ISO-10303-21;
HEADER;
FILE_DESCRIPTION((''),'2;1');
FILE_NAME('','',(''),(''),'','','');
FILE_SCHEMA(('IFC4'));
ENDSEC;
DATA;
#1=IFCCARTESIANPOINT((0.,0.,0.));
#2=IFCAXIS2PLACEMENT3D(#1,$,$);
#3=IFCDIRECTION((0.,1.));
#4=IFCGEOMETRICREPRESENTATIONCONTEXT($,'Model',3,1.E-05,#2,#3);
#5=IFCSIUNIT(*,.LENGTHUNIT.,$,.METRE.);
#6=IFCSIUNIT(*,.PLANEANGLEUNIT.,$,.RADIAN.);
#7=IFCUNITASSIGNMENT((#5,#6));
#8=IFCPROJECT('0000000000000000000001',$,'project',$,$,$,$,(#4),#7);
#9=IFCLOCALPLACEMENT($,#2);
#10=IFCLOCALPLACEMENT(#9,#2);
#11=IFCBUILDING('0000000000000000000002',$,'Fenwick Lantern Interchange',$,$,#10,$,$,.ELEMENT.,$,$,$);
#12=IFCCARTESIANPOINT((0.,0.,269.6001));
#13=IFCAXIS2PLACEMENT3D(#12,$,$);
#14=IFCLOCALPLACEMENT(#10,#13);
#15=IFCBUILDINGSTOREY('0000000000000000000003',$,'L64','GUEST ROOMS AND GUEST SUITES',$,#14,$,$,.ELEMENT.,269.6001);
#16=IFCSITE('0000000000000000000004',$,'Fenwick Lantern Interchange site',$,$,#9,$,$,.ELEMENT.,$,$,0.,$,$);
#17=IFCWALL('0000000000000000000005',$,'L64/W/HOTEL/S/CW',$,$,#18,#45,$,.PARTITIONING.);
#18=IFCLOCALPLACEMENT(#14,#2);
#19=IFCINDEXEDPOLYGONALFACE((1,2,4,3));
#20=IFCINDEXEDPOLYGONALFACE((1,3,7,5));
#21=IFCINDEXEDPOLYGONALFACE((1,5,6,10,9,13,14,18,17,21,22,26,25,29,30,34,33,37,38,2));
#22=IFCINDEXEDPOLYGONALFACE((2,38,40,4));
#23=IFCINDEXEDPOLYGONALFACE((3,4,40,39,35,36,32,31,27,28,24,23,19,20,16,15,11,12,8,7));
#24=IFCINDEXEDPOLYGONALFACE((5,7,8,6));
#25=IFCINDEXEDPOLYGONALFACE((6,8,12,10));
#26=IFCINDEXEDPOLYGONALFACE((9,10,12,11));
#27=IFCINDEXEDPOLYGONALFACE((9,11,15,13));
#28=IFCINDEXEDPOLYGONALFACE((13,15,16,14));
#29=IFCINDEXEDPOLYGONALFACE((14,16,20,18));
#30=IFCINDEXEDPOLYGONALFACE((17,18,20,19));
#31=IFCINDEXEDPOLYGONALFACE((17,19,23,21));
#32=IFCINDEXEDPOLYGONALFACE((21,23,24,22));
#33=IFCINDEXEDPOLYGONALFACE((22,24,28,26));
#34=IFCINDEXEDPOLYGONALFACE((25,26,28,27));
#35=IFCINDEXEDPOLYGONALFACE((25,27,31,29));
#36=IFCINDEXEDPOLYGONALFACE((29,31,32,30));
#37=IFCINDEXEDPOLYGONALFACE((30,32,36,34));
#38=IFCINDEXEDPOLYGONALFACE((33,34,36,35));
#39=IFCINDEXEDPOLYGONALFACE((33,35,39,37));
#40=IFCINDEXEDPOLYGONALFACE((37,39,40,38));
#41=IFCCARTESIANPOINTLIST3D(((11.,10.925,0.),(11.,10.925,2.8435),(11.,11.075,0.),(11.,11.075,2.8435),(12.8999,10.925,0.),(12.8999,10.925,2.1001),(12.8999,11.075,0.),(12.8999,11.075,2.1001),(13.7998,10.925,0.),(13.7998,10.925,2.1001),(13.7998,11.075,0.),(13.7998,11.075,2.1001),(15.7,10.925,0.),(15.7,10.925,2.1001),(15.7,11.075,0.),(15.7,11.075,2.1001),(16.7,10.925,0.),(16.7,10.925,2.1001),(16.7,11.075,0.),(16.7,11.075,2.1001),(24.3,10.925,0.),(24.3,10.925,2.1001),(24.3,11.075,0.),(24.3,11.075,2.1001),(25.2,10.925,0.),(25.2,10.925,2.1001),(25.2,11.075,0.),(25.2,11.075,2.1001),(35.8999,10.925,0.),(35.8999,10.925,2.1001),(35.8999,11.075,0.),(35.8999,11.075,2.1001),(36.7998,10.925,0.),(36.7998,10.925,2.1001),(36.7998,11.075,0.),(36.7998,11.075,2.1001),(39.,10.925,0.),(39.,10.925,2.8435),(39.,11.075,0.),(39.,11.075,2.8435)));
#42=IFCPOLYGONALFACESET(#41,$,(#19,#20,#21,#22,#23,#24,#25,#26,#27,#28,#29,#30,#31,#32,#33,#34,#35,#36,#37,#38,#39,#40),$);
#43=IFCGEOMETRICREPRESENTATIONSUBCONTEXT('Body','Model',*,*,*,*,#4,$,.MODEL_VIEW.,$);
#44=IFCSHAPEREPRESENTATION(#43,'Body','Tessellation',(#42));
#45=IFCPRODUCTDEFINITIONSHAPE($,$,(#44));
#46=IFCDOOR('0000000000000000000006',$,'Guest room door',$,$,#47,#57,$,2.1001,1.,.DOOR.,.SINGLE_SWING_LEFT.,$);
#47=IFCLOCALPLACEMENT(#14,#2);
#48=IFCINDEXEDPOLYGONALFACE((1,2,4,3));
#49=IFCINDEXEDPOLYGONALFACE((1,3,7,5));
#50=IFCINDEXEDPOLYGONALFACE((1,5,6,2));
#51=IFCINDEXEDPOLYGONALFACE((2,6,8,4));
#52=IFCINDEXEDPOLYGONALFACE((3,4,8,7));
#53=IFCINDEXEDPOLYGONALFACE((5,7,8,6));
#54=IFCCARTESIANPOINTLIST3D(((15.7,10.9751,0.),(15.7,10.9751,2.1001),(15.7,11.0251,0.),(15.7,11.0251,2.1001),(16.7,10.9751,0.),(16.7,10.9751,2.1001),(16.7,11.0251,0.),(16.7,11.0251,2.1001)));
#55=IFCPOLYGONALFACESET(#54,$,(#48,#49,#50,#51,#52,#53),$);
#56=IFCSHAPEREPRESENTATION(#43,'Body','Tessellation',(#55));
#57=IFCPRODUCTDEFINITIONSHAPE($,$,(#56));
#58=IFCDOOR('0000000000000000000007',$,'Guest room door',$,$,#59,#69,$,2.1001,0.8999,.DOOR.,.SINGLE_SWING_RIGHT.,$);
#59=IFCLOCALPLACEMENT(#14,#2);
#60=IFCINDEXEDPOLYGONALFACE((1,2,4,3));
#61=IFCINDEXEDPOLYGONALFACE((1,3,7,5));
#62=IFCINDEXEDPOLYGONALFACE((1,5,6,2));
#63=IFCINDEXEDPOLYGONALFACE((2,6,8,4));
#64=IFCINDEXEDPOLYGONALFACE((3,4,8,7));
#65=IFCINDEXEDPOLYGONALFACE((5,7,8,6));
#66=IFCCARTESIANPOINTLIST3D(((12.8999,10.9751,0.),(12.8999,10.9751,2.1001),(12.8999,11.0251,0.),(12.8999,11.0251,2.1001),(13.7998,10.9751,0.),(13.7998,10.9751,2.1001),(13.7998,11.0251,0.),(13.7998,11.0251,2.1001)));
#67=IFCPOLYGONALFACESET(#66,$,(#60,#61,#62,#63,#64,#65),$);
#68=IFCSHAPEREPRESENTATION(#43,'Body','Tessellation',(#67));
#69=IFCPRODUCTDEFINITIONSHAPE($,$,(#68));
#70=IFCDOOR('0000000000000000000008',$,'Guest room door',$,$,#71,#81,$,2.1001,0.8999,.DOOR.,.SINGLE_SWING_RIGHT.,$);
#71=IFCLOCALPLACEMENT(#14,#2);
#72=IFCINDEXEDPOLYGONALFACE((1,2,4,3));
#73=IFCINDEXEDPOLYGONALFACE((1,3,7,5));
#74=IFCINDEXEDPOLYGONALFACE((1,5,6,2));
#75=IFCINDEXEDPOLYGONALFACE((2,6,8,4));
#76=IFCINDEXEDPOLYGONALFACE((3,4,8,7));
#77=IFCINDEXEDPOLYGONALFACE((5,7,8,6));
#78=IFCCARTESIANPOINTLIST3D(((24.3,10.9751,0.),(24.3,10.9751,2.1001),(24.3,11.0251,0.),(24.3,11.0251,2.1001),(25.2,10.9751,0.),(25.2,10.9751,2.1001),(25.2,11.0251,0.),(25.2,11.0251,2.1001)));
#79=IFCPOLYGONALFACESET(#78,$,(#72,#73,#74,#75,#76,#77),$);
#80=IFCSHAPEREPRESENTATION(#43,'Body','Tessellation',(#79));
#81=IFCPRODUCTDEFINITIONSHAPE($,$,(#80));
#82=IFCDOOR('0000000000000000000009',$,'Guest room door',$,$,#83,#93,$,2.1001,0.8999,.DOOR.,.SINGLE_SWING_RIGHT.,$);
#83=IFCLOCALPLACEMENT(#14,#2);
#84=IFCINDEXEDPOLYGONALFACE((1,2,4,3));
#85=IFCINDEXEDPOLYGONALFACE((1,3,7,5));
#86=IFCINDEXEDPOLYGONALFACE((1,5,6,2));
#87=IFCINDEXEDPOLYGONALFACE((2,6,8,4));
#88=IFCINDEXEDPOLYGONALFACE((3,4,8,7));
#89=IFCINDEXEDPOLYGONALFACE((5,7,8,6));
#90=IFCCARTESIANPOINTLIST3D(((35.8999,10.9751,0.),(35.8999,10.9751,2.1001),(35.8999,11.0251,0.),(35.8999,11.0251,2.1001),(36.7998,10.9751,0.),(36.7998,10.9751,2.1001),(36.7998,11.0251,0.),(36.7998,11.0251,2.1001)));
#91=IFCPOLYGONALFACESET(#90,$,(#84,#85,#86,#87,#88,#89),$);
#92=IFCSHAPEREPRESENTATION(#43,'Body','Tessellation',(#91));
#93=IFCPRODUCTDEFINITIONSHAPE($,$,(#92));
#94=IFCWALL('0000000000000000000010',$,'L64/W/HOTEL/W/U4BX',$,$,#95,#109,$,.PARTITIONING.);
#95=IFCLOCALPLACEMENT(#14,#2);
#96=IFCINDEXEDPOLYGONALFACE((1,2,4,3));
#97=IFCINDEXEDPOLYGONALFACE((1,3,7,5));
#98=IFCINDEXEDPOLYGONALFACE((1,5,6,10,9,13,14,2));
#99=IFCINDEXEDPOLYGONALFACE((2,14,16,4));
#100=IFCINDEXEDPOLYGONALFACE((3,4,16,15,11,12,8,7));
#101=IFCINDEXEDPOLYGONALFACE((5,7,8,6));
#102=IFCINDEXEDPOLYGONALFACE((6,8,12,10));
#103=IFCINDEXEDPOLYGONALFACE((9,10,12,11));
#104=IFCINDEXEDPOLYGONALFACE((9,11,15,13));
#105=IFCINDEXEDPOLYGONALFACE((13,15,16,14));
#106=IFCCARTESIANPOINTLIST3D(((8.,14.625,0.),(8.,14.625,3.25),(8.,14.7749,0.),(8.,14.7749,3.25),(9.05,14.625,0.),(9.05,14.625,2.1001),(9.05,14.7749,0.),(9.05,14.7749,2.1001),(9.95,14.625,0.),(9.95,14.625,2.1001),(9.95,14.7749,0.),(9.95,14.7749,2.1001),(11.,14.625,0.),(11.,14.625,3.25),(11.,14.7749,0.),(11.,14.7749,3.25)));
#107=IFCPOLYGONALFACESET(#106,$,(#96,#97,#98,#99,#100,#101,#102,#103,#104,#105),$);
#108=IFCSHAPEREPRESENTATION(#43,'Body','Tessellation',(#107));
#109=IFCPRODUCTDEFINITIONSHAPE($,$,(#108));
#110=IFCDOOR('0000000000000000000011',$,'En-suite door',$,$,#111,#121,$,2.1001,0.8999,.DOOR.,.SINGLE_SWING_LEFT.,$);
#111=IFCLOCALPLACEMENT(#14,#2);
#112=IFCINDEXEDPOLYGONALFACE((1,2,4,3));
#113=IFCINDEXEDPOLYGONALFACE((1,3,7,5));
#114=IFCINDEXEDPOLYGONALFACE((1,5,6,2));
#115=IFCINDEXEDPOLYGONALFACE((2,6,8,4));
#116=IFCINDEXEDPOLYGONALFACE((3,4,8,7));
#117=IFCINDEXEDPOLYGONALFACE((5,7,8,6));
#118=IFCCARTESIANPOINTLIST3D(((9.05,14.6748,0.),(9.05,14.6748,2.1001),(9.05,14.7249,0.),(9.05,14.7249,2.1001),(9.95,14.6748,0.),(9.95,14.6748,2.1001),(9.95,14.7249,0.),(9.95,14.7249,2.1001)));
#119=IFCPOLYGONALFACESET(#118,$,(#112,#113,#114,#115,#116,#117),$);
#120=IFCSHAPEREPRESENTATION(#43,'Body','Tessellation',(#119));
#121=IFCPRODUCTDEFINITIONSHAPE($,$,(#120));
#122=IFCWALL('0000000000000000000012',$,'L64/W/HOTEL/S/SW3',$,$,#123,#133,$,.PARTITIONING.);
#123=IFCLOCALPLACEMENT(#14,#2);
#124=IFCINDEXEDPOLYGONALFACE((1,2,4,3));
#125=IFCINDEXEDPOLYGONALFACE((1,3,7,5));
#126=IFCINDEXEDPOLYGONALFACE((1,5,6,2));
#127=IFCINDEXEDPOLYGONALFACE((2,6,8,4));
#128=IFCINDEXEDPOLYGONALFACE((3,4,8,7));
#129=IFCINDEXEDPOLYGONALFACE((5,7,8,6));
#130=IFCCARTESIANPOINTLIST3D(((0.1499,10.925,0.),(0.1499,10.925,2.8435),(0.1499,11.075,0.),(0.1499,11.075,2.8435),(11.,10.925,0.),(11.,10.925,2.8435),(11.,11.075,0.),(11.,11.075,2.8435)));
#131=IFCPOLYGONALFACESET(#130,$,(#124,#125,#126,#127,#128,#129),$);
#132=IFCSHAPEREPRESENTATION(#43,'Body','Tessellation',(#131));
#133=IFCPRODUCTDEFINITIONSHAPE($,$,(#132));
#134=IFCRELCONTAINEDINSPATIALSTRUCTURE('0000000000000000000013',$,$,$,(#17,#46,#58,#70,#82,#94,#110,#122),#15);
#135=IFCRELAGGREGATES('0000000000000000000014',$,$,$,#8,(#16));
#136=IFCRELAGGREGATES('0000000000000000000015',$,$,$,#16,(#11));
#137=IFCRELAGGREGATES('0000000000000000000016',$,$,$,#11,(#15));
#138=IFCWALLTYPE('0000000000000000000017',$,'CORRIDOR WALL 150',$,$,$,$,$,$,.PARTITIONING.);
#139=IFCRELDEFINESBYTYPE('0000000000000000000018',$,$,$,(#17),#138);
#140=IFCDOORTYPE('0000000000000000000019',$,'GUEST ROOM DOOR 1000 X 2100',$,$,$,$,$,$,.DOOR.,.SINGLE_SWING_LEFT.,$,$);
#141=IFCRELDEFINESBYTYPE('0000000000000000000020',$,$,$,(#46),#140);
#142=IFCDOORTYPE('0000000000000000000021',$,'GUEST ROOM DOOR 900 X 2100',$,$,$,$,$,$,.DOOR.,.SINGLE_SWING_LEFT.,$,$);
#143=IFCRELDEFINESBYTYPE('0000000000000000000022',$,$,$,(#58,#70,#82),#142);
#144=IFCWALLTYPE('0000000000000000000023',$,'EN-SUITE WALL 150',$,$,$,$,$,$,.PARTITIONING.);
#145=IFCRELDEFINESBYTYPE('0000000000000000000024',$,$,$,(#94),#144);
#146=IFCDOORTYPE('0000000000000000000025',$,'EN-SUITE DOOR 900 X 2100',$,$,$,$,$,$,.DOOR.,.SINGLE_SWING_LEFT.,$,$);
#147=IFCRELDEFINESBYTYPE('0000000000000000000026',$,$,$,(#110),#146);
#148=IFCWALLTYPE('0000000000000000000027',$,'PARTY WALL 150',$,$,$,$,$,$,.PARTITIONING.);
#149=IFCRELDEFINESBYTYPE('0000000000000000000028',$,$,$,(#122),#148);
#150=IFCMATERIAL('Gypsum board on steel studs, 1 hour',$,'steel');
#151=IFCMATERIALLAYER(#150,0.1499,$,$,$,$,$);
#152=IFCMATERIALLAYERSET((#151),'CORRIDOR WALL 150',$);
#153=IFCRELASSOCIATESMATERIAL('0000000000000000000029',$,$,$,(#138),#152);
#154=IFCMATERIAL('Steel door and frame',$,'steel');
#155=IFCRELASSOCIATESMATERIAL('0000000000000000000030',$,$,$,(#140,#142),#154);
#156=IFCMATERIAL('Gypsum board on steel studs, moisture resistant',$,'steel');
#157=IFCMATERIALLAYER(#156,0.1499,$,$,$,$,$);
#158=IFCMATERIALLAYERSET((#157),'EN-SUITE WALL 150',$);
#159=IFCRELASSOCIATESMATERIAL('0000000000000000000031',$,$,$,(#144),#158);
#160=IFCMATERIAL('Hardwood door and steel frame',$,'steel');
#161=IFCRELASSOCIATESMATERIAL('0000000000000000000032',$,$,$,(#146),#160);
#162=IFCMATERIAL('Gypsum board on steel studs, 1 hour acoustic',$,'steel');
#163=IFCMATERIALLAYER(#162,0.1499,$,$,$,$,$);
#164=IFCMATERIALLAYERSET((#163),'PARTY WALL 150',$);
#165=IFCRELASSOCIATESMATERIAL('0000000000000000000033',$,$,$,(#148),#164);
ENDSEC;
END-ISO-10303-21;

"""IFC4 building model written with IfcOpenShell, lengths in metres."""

from ifc_helpers import new_model, si_unit, direction, frame, frame_2d, origin, place, context, subcontext, project, spatial, rectangle, extrude, material, layer, layer_set, type_object, element, fill, save


model = new_model("IFC4")

# Units and contexts
model_context = context("Model", 3, precision=1e-05, world=origin(), true_north=direction((0.0, 1.0)))
body_context = subcontext(model_context, "Body", "Model", "MODEL_VIEW")
ifc_project = project(units=[si_unit("LENGTHUNIT", "METRE"), si_unit("PLANEANGLEUNIT", "RADIAN")], contexts=[model_context])

# Site, building, storey
site_placement = place(None, origin())
site = spatial("IfcSite", under=ifc_project, at=site_placement, Name="Fenwick Lantern Interchange site", CompositionType="ELEMENT", RefElevation=0.0)
building_placement = place(site_placement, origin())
building = spatial("IfcBuilding", under=site, at=building_placement, Name="Fenwick Lantern Interchange", CompositionType="ELEMENT")
storey_placement = place(building_placement, frame((0.0, 0.0, 269.6001)))
storey = spatial("IfcBuildingStorey", under=building, at=storey_placement, Name="L64", Description="GUEST ROOMS AND GUEST SUITES", CompositionType="ELEMENT", Elevation=269.6001)

# Wall, openings, doors
ifc_material_1 = material(Name="Gypsum board on steel studs, 1 hour", Category="steel")
ifc_layer_1 = layer(ifc_material_1, 0.1499)
ifc_layer_set_1 = layer_set([ifc_layer_1], Name="CORRIDOR WALL 150")
wall_type_1 = type_object("IfcWallType", Name="CORRIDOR WALL 150", PredefinedType="PARTITIONING", material=ifc_layer_set_1)
wall_1_placement = place(storey_placement, frame((11.0, 11.0, 0.0), z_axis=(0.0, 0.0, 1.0), x_axis=(1.0, 0.0, 0.0)))
wall_1 = element("IfcWall", 1, at=wall_1_placement, inside=storey, type_object=wall_type_1, Name="L64/W/HOTEL/S/CW", PredefinedType="PARTITIONING", context=body_context, shape_type="SweptSolid", body=[
    extrude(rectangle(XDim=28.0, YDim=0.1499, at=frame_2d((14.0, 0.0))), origin(), (0.0, 0.0, 1.0), 2.8435),
])
opening_1_placement = place(wall_1_placement, frame((1.8999, 0.0, 0.0)))
opening_1 = element("IfcOpeningElement", 2, at=opening_1_placement, cuts=wall_1, PredefinedType="OPENING", context=body_context, shape_type="SweptSolid", body=[
    extrude(rectangle(XDim=0.8999, YDim=2.1001, at=frame_2d((0.45, 1.05))), frame((0.0, 0.085, 0.0), z_axis=(0.0, -1.0, 0.0), x_axis=(1.0, 0.0, 0.0)), (0.0, 0.0, 1.0), 0.1699),
])
opening_2_placement = place(wall_1_placement, frame((4.7, 0.0, 0.0)))
opening_2 = element("IfcOpeningElement", 3, at=opening_2_placement, cuts=wall_1, PredefinedType="OPENING", context=body_context, shape_type="SweptSolid", body=[
    extrude(rectangle(XDim=1.0, YDim=2.1001, at=frame_2d((0.5, 1.05))), frame((0.0, 0.085, 0.0), z_axis=(0.0, -1.0, 0.0), x_axis=(1.0, 0.0, 0.0)), (0.0, 0.0, 1.0), 0.1699),
])
opening_3_placement = place(wall_1_placement, frame((13.3, 0.0, 0.0)))
opening_3 = element("IfcOpeningElement", 4, at=opening_3_placement, cuts=wall_1, PredefinedType="OPENING", context=body_context, shape_type="SweptSolid", body=[
    extrude(rectangle(XDim=0.8999, YDim=2.1001, at=frame_2d((0.45, 1.05))), frame((0.0, 0.085, 0.0), z_axis=(0.0, -1.0, 0.0), x_axis=(1.0, 0.0, 0.0)), (0.0, 0.0, 1.0), 0.1699),
])
opening_4_placement = place(wall_1_placement, frame((24.8999, 0.0, 0.0)))
opening_4 = element("IfcOpeningElement", 5, at=opening_4_placement, cuts=wall_1, PredefinedType="OPENING", context=body_context, shape_type="SweptSolid", body=[
    extrude(rectangle(XDim=0.8999, YDim=2.1001, at=frame_2d((0.45, 1.05))), frame((0.0, 0.085, 0.0), z_axis=(0.0, -1.0, 0.0), x_axis=(1.0, 0.0, 0.0)), (0.0, 0.0, 1.0), 0.1699),
])
ifc_material_2 = material(Name="Steel door and frame", Category="steel")
door_type_1 = type_object("IfcDoorType", Name="GUEST ROOM DOOR 1000 X 2100", OperationType="SINGLE_SWING_LEFT", PredefinedType="DOOR", material=ifc_material_2)
door_1_placement = place(opening_2_placement, frame((1.0, 0.0, 0.0), z_axis=(0.0, 0.0, 1.0), x_axis=(-1.0, 0.0, 0.0)))
door_1 = element("IfcDoor", 6, at=door_1_placement, inside=storey, type_object=door_type_1, Name="Guest room door", OperationType="SINGLE_SWING_LEFT", OverallHeight=2.1001, OverallWidth=1.0, PredefinedType="DOOR", context=body_context, shape_type="SweptSolid", body=[
    extrude(rectangle(XDim=1.0, YDim=2.1001, at=frame_2d((0.5, 1.05))), frame((0.0, 0.0249, 0.0), z_axis=(0.0, -1.0, 0.0), x_axis=(1.0, 0.0, 0.0)), (0.0, 0.0, 1.0), 0.05),
])
fill(opening_2, door_1)
door_type_2 = type_object("IfcDoorType", Name="GUEST ROOM DOOR 900 X 2100", OperationType="SINGLE_SWING_LEFT", PredefinedType="DOOR", material=ifc_material_2)
door_2_placement = place(opening_1_placement, frame((0.8999, 0.0, 0.0), z_axis=(0.0, 0.0, 1.0), x_axis=(-1.0, 0.0, 0.0)))
door_2 = element("IfcDoor", 7, at=door_2_placement, inside=storey, type_object=door_type_2, Name="Guest room door", OperationType="SINGLE_SWING_RIGHT", OverallHeight=2.1001, OverallWidth=0.8999, PredefinedType="DOOR", context=body_context, shape_type="SweptSolid", body=[
    extrude(rectangle(XDim=0.8999, YDim=2.1001, at=frame_2d((0.45, 1.05))), frame((0.0, 0.0249, 0.0), z_axis=(0.0, -1.0, 0.0), x_axis=(1.0, 0.0, 0.0)), (0.0, 0.0, 1.0), 0.05),
])
fill(opening_1, door_2)
door_3_placement = place(opening_3_placement, frame((0.8999, 0.0, 0.0), z_axis=(0.0, 0.0, 1.0), x_axis=(-1.0, 0.0, 0.0)))
door_3 = element("IfcDoor", 8, at=door_3_placement, inside=storey, type_object=door_type_2, Name="Guest room door", OperationType="SINGLE_SWING_RIGHT", OverallHeight=2.1001, OverallWidth=0.8999, PredefinedType="DOOR", context=body_context, shape_type="SweptSolid", body=[
    extrude(rectangle(XDim=0.8999, YDim=2.1001, at=frame_2d((0.45, 1.05))), frame((0.0, 0.0249, 0.0), z_axis=(0.0, -1.0, 0.0), x_axis=(1.0, 0.0, 0.0)), (0.0, 0.0, 1.0), 0.05),
])
fill(opening_3, door_3)
door_4_placement = place(opening_4_placement, frame((0.8999, 0.0, 0.0), z_axis=(0.0, 0.0, 1.0), x_axis=(-1.0, 0.0, 0.0)))
door_4 = element("IfcDoor", 9, at=door_4_placement, inside=storey, type_object=door_type_2, Name="Guest room door", OperationType="SINGLE_SWING_RIGHT", OverallHeight=2.1001, OverallWidth=0.8999, PredefinedType="DOOR", context=body_context, shape_type="SweptSolid", body=[
    extrude(rectangle(XDim=0.8999, YDim=2.1001, at=frame_2d((0.45, 1.05))), frame((0.0, 0.0249, 0.0), z_axis=(0.0, -1.0, 0.0), x_axis=(1.0, 0.0, 0.0)), (0.0, 0.0, 1.0), 0.05),
])
fill(opening_4, door_4)

# Wall, opening, door
ifc_material_3 = material(Name="Gypsum board on steel studs, moisture resistant", Category="steel")
ifc_layer_2 = layer(ifc_material_3, 0.1499)
ifc_layer_set_2 = layer_set([ifc_layer_2], Name="EN-SUITE WALL 150")
wall_type_2 = type_object("IfcWallType", Name="EN-SUITE WALL 150", PredefinedType="PARTITIONING", material=ifc_layer_set_2)
wall_2_placement = place(storey_placement, frame((8.0, 14.7, 0.0), z_axis=(0.0, 0.0, 1.0), x_axis=(1.0, 0.0, 0.0)))
wall_2 = element("IfcWall", 10, at=wall_2_placement, inside=storey, type_object=wall_type_2, Name="L64/W/HOTEL/W/U4BX", PredefinedType="PARTITIONING", context=body_context, shape_type="SweptSolid", body=[
    extrude(rectangle(XDim=3.0, YDim=0.1499, at=frame_2d((1.5, 0.0))), origin(), (0.0, 0.0, 1.0), 3.25),
])
opening_5_placement = place(wall_2_placement, frame((1.05, 0.0, 0.0)))
opening_5 = element("IfcOpeningElement", 11, at=opening_5_placement, cuts=wall_2, PredefinedType="OPENING", context=body_context, shape_type="SweptSolid", body=[
    extrude(rectangle(XDim=0.8999, YDim=2.1001, at=frame_2d((0.45, 1.05))), frame((0.0, 0.085, 0.0), z_axis=(0.0, -1.0, 0.0), x_axis=(1.0, 0.0, 0.0)), (0.0, 0.0, 1.0), 0.1699),
])
ifc_material_4 = material(Name="Hardwood door and steel frame", Category="steel")
door_type_3 = type_object("IfcDoorType", Name="EN-SUITE DOOR 900 X 2100", OperationType="SINGLE_SWING_LEFT", PredefinedType="DOOR", material=ifc_material_4)
door_5_placement = place(opening_5_placement, origin())
door_5 = element("IfcDoor", 12, at=door_5_placement, inside=storey, type_object=door_type_3, Name="En-suite door", OperationType="SINGLE_SWING_LEFT", OverallHeight=2.1001, OverallWidth=0.8999, PredefinedType="DOOR", context=body_context, shape_type="SweptSolid", body=[
    extrude(rectangle(XDim=0.8999, YDim=2.1001, at=frame_2d((0.45, 1.05))), frame((0.0, 0.0249, 0.0), z_axis=(0.0, -1.0, 0.0), x_axis=(1.0, 0.0, 0.0)), (0.0, 0.0, 1.0), 0.05),
])
fill(opening_5, door_5)

# Wall
ifc_material_5 = material(Name="Gypsum board on steel studs, 1 hour acoustic", Category="steel")
ifc_layer_3 = layer(ifc_material_5, 0.1499)
ifc_layer_set_3 = layer_set([ifc_layer_3], Name="PARTY WALL 150")
wall_type_3 = type_object("IfcWallType", Name="PARTY WALL 150", PredefinedType="PARTITIONING", material=ifc_layer_set_3)
wall_3_placement = place(storey_placement, frame((0.1499, 11.0, 0.0), z_axis=(0.0, 0.0, 1.0), x_axis=(1.0, 0.0, 0.0)))
element("IfcWall", 13, at=wall_3_placement, inside=storey, type_object=wall_type_3, Name="L64/W/HOTEL/S/SW3", PredefinedType="PARTITIONING", context=body_context, shape_type="SweptSolid", body=[
    extrude(rectangle(XDim=10.8501, YDim=0.1499, at=frame_2d((5.425, 0.0))), origin(), (0.0, 0.0, 1.0), 2.8435),
])

save(model, "model.ifc")
